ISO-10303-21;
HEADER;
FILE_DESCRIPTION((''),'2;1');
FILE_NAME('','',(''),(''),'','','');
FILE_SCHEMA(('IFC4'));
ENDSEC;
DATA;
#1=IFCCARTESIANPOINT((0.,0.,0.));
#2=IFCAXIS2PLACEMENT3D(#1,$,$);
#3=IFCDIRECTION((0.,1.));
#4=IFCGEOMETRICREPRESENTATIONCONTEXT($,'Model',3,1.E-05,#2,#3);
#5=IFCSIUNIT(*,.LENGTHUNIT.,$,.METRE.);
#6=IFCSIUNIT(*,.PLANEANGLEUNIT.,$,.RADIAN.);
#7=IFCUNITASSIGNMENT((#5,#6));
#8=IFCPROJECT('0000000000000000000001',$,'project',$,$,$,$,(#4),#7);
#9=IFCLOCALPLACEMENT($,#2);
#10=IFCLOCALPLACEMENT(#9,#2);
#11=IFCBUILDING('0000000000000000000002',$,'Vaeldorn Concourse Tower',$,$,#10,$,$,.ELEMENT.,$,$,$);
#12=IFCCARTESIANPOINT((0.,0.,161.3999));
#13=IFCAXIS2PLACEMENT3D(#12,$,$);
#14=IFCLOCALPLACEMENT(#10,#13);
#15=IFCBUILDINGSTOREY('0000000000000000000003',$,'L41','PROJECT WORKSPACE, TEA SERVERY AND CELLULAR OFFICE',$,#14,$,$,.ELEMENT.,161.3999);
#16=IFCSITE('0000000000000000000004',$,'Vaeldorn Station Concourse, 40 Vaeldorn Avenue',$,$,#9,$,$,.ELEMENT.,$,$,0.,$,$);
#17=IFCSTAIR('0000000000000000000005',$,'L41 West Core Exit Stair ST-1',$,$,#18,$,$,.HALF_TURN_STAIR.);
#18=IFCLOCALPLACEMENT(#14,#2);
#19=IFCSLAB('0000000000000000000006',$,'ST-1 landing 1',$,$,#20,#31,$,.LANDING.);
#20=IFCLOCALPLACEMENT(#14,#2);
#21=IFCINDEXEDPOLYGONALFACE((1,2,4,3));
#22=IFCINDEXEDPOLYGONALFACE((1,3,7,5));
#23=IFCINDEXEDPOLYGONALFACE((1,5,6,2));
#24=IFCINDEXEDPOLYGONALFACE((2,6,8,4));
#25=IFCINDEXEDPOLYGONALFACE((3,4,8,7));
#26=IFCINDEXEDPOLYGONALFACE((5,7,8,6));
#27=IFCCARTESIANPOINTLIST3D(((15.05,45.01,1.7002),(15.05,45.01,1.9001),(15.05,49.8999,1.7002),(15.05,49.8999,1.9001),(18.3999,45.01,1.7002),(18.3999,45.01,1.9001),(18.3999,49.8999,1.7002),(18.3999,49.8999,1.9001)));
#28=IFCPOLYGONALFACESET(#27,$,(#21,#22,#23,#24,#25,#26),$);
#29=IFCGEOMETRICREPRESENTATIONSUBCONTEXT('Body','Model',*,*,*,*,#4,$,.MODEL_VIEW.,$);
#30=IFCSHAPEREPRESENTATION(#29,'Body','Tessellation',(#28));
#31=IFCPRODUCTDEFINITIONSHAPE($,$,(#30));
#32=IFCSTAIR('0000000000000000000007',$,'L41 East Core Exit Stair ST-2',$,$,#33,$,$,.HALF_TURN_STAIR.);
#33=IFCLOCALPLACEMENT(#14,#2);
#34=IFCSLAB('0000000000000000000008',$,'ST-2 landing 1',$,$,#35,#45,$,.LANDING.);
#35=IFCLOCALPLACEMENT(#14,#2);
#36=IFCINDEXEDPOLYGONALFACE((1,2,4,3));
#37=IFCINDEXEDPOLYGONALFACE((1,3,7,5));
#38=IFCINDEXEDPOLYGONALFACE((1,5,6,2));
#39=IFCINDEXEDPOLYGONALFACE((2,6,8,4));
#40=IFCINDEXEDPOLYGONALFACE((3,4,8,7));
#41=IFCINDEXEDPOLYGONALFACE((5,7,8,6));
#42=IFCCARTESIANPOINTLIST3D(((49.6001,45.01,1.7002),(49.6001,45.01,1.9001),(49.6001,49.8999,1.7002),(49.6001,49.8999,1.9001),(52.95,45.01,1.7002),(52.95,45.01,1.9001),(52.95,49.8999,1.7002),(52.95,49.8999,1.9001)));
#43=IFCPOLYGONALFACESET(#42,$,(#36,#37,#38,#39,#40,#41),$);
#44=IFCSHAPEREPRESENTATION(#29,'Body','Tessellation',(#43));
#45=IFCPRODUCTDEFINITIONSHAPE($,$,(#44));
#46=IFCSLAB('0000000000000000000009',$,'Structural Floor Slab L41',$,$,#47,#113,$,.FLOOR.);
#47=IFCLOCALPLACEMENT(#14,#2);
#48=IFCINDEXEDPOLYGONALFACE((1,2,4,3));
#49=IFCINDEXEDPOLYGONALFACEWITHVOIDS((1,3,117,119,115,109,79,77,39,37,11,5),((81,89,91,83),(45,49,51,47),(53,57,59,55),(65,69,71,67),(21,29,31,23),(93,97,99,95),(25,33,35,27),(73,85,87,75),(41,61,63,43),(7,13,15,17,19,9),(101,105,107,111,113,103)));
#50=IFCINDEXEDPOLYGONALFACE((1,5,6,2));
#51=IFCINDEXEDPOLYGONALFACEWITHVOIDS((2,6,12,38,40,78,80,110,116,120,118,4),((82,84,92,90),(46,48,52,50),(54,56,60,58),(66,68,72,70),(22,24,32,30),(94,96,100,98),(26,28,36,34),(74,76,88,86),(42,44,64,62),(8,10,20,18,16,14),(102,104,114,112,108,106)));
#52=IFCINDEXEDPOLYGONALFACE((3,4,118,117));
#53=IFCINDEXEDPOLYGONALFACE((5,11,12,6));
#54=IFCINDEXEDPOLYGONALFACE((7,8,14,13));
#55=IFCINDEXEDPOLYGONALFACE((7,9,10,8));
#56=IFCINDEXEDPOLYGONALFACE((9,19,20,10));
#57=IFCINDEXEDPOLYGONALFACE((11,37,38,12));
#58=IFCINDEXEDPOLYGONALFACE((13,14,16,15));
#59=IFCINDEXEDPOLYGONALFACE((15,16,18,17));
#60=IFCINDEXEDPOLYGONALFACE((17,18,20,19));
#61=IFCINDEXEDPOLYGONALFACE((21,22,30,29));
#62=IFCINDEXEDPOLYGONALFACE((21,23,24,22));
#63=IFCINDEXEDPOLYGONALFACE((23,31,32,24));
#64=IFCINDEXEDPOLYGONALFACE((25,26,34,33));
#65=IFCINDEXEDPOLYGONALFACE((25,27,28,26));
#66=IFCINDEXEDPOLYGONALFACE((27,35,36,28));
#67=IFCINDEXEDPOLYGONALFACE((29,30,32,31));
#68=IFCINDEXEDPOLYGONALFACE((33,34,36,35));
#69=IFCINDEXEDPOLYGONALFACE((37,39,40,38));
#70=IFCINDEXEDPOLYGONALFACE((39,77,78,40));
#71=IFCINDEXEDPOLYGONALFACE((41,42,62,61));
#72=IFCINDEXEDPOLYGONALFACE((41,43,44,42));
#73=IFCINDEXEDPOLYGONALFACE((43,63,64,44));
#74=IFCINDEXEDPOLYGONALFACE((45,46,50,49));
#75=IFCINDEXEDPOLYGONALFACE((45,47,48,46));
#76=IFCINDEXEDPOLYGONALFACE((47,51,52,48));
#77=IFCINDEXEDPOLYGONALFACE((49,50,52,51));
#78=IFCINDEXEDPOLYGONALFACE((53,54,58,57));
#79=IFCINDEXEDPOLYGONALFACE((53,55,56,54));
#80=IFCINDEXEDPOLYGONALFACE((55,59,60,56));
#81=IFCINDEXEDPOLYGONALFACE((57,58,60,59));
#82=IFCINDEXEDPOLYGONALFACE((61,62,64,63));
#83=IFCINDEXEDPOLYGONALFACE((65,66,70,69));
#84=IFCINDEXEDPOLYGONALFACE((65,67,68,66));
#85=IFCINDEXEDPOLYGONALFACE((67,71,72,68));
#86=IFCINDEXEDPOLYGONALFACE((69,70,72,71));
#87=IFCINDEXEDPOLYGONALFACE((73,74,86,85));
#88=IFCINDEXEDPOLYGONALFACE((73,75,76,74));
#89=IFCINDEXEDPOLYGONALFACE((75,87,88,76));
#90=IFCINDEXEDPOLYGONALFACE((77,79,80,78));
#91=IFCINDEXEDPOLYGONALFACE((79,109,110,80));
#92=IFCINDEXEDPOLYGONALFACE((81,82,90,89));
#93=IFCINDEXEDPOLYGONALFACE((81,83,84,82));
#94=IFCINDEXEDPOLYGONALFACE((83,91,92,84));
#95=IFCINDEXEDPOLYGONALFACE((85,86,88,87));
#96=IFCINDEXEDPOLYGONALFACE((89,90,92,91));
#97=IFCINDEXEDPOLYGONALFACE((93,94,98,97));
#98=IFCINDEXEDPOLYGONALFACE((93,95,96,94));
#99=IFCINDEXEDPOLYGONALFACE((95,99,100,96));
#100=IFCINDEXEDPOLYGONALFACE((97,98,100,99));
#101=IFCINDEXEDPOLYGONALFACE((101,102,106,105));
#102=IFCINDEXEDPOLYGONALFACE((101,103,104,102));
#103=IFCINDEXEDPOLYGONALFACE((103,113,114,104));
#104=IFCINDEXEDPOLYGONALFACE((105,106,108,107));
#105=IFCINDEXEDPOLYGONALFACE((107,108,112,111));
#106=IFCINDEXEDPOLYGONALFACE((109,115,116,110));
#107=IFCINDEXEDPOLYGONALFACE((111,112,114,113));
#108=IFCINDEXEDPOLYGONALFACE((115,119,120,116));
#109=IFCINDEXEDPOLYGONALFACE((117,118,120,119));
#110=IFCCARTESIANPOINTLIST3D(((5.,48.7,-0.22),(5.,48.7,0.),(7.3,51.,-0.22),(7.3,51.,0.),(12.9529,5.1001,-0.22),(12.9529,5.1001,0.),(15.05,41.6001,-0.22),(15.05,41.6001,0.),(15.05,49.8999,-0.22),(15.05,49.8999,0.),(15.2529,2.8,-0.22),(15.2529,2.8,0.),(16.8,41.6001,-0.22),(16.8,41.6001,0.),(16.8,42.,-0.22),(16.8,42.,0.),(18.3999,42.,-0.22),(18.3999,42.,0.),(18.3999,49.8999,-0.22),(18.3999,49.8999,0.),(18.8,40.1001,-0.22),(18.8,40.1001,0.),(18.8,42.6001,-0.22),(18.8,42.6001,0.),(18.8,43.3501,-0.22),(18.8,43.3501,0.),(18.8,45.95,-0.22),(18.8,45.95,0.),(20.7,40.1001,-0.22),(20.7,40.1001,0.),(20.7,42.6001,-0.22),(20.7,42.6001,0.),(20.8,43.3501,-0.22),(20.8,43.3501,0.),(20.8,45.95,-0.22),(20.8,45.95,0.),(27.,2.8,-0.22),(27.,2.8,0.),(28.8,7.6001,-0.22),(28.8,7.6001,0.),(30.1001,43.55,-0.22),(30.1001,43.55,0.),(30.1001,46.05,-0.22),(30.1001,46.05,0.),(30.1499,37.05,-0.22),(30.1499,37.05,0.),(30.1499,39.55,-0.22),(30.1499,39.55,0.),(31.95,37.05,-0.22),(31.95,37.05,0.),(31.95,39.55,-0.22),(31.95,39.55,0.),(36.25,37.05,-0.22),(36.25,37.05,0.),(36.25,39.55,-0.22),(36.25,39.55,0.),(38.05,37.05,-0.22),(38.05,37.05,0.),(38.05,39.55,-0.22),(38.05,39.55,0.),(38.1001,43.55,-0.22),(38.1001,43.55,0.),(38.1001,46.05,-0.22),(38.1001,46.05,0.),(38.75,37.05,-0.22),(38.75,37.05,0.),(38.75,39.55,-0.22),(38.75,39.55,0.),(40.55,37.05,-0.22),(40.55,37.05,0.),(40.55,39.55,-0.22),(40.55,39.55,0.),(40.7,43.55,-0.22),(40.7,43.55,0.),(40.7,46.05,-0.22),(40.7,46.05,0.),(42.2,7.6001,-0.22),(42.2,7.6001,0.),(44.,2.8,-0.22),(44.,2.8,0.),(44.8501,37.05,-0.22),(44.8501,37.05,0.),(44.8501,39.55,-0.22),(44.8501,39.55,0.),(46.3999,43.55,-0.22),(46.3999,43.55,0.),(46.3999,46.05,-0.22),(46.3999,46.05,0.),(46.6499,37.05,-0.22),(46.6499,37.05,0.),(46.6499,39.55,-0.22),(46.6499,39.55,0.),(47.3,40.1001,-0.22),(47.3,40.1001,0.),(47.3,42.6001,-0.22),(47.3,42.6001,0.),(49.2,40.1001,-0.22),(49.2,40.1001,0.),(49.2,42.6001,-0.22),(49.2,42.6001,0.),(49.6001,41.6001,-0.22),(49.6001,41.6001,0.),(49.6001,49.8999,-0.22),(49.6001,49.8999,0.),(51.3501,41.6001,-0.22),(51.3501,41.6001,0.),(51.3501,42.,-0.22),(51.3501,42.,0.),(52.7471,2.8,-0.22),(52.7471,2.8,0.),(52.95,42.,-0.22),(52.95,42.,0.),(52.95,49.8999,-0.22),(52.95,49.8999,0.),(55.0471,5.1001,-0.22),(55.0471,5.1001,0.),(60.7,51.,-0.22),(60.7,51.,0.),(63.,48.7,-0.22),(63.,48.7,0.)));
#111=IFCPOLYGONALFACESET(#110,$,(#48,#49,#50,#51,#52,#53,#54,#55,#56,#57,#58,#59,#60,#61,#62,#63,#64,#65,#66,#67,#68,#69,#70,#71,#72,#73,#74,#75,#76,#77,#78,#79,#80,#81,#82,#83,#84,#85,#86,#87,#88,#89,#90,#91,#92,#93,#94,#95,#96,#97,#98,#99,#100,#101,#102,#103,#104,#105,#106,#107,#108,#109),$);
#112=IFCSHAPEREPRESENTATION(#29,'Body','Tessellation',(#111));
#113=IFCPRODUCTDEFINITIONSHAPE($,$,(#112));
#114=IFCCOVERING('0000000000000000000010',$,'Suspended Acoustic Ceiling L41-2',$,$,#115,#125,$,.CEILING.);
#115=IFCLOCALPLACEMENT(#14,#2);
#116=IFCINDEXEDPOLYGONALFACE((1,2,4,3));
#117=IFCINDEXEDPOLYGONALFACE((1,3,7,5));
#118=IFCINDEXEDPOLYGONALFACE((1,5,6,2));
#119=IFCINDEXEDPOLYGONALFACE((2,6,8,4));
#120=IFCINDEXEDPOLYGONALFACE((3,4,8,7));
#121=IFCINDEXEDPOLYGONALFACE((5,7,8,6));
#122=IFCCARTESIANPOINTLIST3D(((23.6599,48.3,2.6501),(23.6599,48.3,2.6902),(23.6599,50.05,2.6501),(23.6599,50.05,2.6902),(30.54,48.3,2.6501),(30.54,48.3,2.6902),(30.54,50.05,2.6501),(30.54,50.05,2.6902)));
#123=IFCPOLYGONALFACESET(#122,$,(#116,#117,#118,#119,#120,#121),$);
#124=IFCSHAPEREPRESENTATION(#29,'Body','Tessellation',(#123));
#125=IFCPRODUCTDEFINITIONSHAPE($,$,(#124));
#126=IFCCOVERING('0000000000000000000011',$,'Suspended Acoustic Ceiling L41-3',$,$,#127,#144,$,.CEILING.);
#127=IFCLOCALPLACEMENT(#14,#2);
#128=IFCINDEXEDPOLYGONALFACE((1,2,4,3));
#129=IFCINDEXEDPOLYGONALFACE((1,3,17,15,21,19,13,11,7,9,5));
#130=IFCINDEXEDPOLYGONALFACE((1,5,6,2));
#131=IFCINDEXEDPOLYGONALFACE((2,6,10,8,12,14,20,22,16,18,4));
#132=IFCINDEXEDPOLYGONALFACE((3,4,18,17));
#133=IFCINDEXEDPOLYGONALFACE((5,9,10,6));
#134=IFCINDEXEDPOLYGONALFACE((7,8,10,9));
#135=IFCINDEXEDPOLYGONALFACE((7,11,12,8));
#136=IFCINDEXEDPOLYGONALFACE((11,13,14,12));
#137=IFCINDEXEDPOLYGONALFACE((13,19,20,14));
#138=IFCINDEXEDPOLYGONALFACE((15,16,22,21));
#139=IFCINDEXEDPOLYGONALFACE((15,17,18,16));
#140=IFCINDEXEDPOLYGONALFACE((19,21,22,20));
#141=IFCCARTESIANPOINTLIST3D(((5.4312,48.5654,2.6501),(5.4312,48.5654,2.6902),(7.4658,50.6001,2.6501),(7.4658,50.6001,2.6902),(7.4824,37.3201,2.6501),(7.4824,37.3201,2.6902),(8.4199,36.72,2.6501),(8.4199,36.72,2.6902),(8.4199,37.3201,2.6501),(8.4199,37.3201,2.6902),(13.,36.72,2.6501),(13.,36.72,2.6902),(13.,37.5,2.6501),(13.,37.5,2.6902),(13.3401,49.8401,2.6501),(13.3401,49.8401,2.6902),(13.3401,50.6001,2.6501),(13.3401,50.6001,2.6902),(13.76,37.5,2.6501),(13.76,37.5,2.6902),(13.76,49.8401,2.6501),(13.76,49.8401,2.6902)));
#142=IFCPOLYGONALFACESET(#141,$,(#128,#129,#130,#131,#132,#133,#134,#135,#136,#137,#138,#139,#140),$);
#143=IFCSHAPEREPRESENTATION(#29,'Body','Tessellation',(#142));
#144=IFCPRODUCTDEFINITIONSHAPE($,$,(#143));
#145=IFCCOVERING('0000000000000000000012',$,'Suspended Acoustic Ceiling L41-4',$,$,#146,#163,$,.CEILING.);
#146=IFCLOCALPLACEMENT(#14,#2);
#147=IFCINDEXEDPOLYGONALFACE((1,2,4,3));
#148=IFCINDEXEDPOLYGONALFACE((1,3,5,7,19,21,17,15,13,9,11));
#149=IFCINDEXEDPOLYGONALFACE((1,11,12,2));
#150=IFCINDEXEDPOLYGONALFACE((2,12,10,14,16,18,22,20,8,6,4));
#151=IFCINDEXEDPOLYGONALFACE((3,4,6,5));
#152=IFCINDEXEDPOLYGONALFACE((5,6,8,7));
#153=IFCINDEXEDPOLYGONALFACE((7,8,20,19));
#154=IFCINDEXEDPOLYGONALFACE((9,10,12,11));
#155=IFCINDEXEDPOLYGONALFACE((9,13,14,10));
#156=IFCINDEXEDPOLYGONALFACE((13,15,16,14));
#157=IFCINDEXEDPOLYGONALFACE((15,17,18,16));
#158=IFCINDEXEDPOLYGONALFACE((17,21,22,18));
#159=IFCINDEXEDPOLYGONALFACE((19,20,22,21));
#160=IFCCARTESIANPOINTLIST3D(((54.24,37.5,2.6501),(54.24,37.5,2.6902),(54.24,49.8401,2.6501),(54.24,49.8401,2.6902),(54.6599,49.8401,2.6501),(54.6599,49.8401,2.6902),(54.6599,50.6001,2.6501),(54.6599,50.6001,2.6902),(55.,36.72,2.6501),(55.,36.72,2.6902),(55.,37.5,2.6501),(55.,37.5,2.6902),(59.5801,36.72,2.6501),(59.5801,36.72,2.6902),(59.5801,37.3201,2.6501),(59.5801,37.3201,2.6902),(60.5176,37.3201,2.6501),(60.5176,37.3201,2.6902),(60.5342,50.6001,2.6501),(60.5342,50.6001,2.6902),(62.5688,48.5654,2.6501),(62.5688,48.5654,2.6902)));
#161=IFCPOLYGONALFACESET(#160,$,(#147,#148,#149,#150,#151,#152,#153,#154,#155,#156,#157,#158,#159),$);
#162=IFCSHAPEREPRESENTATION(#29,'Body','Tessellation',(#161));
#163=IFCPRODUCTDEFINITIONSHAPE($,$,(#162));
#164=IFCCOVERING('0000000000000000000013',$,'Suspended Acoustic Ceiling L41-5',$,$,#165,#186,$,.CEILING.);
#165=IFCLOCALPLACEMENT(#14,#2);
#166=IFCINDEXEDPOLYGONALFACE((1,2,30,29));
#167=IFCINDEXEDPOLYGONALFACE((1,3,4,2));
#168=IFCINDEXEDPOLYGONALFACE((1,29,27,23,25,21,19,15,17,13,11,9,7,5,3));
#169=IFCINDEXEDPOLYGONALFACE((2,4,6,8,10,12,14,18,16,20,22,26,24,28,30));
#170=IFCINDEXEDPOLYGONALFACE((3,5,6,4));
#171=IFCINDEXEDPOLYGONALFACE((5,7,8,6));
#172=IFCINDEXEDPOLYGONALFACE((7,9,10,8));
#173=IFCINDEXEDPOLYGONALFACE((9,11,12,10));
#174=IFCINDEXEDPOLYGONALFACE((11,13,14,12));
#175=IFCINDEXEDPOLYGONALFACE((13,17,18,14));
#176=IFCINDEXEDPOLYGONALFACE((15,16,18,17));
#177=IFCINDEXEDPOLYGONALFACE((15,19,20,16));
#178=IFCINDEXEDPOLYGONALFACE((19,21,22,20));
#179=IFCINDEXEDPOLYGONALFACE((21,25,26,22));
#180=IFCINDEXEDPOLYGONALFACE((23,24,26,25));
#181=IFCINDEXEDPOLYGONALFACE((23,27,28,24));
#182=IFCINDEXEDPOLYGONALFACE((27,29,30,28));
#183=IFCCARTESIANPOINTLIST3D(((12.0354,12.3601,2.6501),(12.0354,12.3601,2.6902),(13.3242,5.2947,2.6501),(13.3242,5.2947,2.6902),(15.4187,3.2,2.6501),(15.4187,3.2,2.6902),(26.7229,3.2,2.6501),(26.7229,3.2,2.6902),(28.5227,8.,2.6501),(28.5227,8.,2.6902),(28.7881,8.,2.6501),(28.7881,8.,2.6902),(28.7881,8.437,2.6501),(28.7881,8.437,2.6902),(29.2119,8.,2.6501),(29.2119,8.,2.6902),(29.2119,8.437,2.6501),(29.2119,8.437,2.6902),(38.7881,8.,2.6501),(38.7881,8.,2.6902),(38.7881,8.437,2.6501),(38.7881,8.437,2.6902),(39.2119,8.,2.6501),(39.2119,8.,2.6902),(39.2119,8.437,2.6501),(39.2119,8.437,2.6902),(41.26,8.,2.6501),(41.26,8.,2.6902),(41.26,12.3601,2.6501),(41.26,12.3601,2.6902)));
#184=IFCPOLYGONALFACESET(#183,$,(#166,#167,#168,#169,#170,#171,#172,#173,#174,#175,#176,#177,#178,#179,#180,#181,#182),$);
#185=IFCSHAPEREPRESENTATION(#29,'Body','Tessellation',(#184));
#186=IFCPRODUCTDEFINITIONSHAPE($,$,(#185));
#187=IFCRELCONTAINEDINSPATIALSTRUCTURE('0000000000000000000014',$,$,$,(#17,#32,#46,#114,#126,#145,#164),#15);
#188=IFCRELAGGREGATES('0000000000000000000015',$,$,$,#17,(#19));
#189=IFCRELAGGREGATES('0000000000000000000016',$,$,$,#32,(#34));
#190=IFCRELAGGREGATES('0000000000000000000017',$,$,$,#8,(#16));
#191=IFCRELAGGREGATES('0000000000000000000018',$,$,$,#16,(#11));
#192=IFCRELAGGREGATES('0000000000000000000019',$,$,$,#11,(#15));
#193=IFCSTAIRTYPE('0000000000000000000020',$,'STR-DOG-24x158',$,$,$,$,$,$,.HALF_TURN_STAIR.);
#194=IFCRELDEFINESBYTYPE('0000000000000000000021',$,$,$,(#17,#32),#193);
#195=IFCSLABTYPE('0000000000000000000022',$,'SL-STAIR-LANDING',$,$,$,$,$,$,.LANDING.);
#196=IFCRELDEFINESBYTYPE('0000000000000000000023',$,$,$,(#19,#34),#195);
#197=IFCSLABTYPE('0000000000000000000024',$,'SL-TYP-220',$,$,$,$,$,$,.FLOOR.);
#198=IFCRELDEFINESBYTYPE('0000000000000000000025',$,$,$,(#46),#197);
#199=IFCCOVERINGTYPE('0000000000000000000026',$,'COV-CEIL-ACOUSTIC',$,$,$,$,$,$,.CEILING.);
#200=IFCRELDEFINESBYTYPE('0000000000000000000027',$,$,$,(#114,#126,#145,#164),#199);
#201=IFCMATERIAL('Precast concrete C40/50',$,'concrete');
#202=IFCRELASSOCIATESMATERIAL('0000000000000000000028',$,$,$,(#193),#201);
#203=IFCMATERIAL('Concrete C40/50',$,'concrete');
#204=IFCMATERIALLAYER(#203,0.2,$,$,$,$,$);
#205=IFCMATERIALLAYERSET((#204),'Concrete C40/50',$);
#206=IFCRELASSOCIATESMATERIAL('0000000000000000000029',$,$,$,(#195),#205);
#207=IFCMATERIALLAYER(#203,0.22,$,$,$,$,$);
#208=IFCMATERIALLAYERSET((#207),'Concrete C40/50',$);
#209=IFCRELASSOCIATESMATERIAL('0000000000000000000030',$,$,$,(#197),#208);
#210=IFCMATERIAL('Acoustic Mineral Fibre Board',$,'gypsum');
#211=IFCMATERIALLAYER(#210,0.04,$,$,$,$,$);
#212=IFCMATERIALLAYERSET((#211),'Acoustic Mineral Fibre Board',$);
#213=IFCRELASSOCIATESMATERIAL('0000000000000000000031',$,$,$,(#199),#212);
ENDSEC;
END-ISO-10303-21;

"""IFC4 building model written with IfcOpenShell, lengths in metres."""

from ifc_helpers import new_model, si_unit, direction, frame, origin, place, context, subcontext, project, spatial, polyline, outline, extrude, material, layer, layer_set, type_object, element, aggregate, save


model = new_model("IFC4")

# Units and contexts
model_context = context("Model", 3, precision=1e-05, world=origin(), true_north=direction((0.0, 1.0)))
body_context = subcontext(model_context, "Body", "Model", "MODEL_VIEW")
ifc_project = project(units=[si_unit("LENGTHUNIT", "METRE"), si_unit("PLANEANGLEUNIT", "RADIAN")], contexts=[model_context])

# Site, building, storey
site_placement = place(None, origin())
site = spatial("IfcSite", under=ifc_project, at=site_placement, Name="Vaeldorn Station Concourse, 40 Vaeldorn Avenue", CompositionType="ELEMENT", RefElevation=0.0)
building_placement = place(site_placement, origin())
building = spatial("IfcBuilding", under=site, at=building_placement, Name="Vaeldorn Concourse Tower", CompositionType="ELEMENT")
storey_placement = place(building_placement, frame((0.0, 0.0, 161.3999)))
storey = spatial("IfcBuildingStorey", under=building, at=storey_placement, Name="L41", Description="PROJECT WORKSPACE, TEA SERVERY AND CELLULAR OFFICE", CompositionType="ELEMENT", Elevation=161.3999)

# Stairs, slabs
ifc_material_1 = material(Name="Precast concrete C40/50", Category="concrete")
stair_type = type_object("IfcStairType", Name="STR-DOG-24x158", PredefinedType="HALF_TURN_STAIR", material=ifc_material_1)
stair_1_placement = place(storey_placement, origin())
stair_1 = element("IfcStair", 1, at=stair_1_placement, inside=storey, type_object=stair_type, Name="L41 West Core Exit Stair ST-1", PredefinedType="HALF_TURN_STAIR")
ifc_material_2 = material(Name="Concrete C40/50", Category="concrete")
ifc_layer_1 = layer(ifc_material_2, 0.2)
ifc_layer_set_1 = layer_set([ifc_layer_1], Name="Concrete C40/50")
slab_type_1 = type_object("IfcSlabType", Name="SL-STAIR-LANDING", PredefinedType="LANDING", material=ifc_layer_set_1)
slab_1_placement = place(storey_placement, frame((0.0, 0.0, 1.7002)))
slab_1 = element("IfcSlab", 2, at=slab_1_placement, type_object=slab_type_1, Name="ST-1 landing 1", PredefinedType="LANDING", context=body_context, shape_type="SweptSolid", body=[
    extrude(outline(polyline([(18.3999, 45.01), (18.3999, 49.8999), (15.05, 49.8999), (15.05, 45.01), (18.3999, 45.01)])), origin(), (0.0, 0.0, 1.0), 0.2),
])
aggregate(stair_1, [slab_1])
stair_2_placement = place(storey_placement, origin())
stair_2 = element("IfcStair", 3, at=stair_2_placement, inside=storey, type_object=stair_type, Name="L41 East Core Exit Stair ST-2", PredefinedType="HALF_TURN_STAIR")
slab_2_placement = place(storey_placement, frame((0.0, 0.0, 1.7002)))
slab_2 = element("IfcSlab", 4, at=slab_2_placement, type_object=slab_type_1, Name="ST-2 landing 1", PredefinedType="LANDING", context=body_context, shape_type="SweptSolid", body=[
    extrude(outline(polyline([(52.95, 45.01), (52.95, 49.8999), (49.6001, 49.8999), (49.6001, 45.01), (52.95, 45.01)])), origin(), (0.0, 0.0, 1.0), 0.2),
])
aggregate(stair_2, [slab_2])

# Slab
ifc_layer_2 = layer(ifc_material_2, 0.22)
ifc_layer_set_2 = layer_set([ifc_layer_2], Name="Concrete C40/50")
slab_type_2 = type_object("IfcSlabType", Name="SL-TYP-220", PredefinedType="FLOOR", material=ifc_layer_set_2)
slab_3_placement = place(storey_placement, frame((0.0, 0.0, -0.22)))
element("IfcSlab", 5, at=slab_3_placement, inside=storey, type_object=slab_type_2, Name="Structural Floor Slab L41", PredefinedType="FLOOR", context=body_context, shape_type="SweptSolid", body=[
    extrude(outline(polyline([(15.2529, 2.8), (27.0, 2.8), (28.8, 7.6001), (42.2, 7.6001), (44.0, 2.8), (52.7471, 2.8), (55.0471, 5.1001), (63.0, 48.7), (60.7, 51.0), (7.3, 51.0), (5.0, 48.7), (12.9529, 5.1001), (15.2529, 2.8)]), holes=[polyline([(18.3999, 42.0), (18.3999, 49.8999), (15.05, 49.8999), (15.05, 41.6001), (16.8, 41.6001), (16.8, 42.0), (18.3999, 42.0)]), polyline([(52.95, 42.0), (52.95, 49.8999), (49.6001, 49.8999), (49.6001, 41.6001), (51.3501, 41.6001), (51.3501, 42.0), (52.95, 42.0)]), polyline([(30.1499, 37.05), (31.95, 37.05), (31.95, 39.55), (30.1499, 39.55), (30.1499, 37.05)]), polyline([(36.25, 37.05), (38.05, 37.05), (38.05, 39.55), (36.25, 39.55), (36.25, 37.05)]), polyline([(30.1001, 43.55), (38.1001, 43.55), (38.1001, 46.05), (30.1001, 46.05), (30.1001, 43.55)]), polyline([(38.75, 37.05), (40.55, 37.05), (40.55, 39.55), (38.75, 39.55), (38.75, 37.05)]), polyline([(44.8501, 37.05), (46.6499, 37.05), (46.6499, 39.55), (44.8501, 39.55), (44.8501, 37.05)]), polyline([(40.7, 43.55), (46.3999, 43.55), (46.3999, 46.05), (40.7, 46.05), (40.7, 43.55)]), polyline([(18.8, 43.3501), (20.8, 43.3501), (20.8, 45.95), (18.8, 45.95), (18.8, 43.3501)]), polyline([(18.8, 40.1001), (20.7, 40.1001), (20.7, 42.6001), (18.8, 42.6001), (18.8, 40.1001)]), polyline([(47.3, 40.1001), (49.2, 40.1001), (49.2, 42.6001), (47.3, 42.6001), (47.3, 40.1001)])]), origin(), (0.0, 0.0, 1.0), 0.22),
])

# Coverings
ifc_material_3 = material(Name="Acoustic Mineral Fibre Board", Category="gypsum")
ifc_layer_3 = layer(ifc_material_3, 0.04)
ifc_layer_set_3 = layer_set([ifc_layer_3], Name="Acoustic Mineral Fibre Board")
covering_type_1 = type_object("IfcCoveringType", Name="COV-CEIL-ACOUSTIC", PredefinedType="CEILING", material=ifc_layer_set_3)
covering_1_placement = place(storey_placement, frame((0.0, 0.0, 2.6501)))
element("IfcCovering", 6, at=covering_1_placement, inside=storey, type_object=covering_type_1, Name="Suspended Acoustic Ceiling L41-2", PredefinedType="CEILING", context=body_context, shape_type="SweptSolid", body=[
    extrude(outline(polyline([(30.54, 50.05), (30.54, 48.3), (23.6599, 48.3), (23.6599, 50.05), (30.54, 50.05)])), origin(), (0.0, 0.0, 1.0), 0.04),
])
covering_2_placement = place(storey_placement, frame((0.0, 0.0, 2.6501)))
element("IfcCovering", 7, at=covering_2_placement, inside=storey, type_object=covering_type_1, Name="Suspended Acoustic Ceiling L41-3", PredefinedType="CEILING", context=body_context, shape_type="SweptSolid", body=[
    extrude(outline(polyline([(7.4658, 50.6001), (13.3401, 50.6001), (13.3401, 49.8401), (13.76, 49.8401), (13.76, 37.5), (13.0, 37.5), (13.0, 36.72), (8.4199, 36.72), (8.4199, 37.3201), (7.4824, 37.3201), (5.4312, 48.5654), (7.4658, 50.6001)])), origin(), (0.0, 0.0, 1.0), 0.04),
])
covering_3_placement = place(storey_placement, frame((0.0, 0.0, 2.6501)))
element("IfcCovering", 8, at=covering_3_placement, inside=storey, type_object=covering_type_1, Name="Suspended Acoustic Ceiling L41-4", PredefinedType="CEILING", context=body_context, shape_type="SweptSolid", body=[
    extrude(outline(polyline([(54.6599, 49.8401), (54.6599, 50.6001), (60.5342, 50.6001), (62.5688, 48.5654), (60.5176, 37.3201), (59.5801, 37.3201), (59.5801, 36.72), (55.0, 36.72), (55.0, 37.5), (54.24, 37.5), (54.24, 49.8401), (54.6599, 49.8401)])), origin(), (0.0, 0.0, 1.0), 0.04),
])
covering_4_placement = place(storey_placement, frame((0.0, 0.0, 2.6501)))
element("IfcCovering", 9, at=covering_4_placement, inside=storey, type_object=covering_type_1, Name="Suspended Acoustic Ceiling L41-5", PredefinedType="CEILING", context=body_context, shape_type="SweptSolid", body=[
    extrude(outline(polyline([(41.26, 12.3601), (41.26, 8.0), (39.2119, 8.0), (39.2119, 8.437), (38.7881, 8.437), (38.7881, 8.0), (29.2119, 8.0), (29.2119, 8.437), (28.7881, 8.437), (28.7881, 8.0), (28.5227, 8.0), (26.7229, 3.2), (15.4187, 3.2), (13.3242, 5.2947), (12.0354, 12.3601), (41.26, 12.3601)])), origin(), (0.0, 0.0, 1.0), 0.04),
])

save(model, "model.ifc")
